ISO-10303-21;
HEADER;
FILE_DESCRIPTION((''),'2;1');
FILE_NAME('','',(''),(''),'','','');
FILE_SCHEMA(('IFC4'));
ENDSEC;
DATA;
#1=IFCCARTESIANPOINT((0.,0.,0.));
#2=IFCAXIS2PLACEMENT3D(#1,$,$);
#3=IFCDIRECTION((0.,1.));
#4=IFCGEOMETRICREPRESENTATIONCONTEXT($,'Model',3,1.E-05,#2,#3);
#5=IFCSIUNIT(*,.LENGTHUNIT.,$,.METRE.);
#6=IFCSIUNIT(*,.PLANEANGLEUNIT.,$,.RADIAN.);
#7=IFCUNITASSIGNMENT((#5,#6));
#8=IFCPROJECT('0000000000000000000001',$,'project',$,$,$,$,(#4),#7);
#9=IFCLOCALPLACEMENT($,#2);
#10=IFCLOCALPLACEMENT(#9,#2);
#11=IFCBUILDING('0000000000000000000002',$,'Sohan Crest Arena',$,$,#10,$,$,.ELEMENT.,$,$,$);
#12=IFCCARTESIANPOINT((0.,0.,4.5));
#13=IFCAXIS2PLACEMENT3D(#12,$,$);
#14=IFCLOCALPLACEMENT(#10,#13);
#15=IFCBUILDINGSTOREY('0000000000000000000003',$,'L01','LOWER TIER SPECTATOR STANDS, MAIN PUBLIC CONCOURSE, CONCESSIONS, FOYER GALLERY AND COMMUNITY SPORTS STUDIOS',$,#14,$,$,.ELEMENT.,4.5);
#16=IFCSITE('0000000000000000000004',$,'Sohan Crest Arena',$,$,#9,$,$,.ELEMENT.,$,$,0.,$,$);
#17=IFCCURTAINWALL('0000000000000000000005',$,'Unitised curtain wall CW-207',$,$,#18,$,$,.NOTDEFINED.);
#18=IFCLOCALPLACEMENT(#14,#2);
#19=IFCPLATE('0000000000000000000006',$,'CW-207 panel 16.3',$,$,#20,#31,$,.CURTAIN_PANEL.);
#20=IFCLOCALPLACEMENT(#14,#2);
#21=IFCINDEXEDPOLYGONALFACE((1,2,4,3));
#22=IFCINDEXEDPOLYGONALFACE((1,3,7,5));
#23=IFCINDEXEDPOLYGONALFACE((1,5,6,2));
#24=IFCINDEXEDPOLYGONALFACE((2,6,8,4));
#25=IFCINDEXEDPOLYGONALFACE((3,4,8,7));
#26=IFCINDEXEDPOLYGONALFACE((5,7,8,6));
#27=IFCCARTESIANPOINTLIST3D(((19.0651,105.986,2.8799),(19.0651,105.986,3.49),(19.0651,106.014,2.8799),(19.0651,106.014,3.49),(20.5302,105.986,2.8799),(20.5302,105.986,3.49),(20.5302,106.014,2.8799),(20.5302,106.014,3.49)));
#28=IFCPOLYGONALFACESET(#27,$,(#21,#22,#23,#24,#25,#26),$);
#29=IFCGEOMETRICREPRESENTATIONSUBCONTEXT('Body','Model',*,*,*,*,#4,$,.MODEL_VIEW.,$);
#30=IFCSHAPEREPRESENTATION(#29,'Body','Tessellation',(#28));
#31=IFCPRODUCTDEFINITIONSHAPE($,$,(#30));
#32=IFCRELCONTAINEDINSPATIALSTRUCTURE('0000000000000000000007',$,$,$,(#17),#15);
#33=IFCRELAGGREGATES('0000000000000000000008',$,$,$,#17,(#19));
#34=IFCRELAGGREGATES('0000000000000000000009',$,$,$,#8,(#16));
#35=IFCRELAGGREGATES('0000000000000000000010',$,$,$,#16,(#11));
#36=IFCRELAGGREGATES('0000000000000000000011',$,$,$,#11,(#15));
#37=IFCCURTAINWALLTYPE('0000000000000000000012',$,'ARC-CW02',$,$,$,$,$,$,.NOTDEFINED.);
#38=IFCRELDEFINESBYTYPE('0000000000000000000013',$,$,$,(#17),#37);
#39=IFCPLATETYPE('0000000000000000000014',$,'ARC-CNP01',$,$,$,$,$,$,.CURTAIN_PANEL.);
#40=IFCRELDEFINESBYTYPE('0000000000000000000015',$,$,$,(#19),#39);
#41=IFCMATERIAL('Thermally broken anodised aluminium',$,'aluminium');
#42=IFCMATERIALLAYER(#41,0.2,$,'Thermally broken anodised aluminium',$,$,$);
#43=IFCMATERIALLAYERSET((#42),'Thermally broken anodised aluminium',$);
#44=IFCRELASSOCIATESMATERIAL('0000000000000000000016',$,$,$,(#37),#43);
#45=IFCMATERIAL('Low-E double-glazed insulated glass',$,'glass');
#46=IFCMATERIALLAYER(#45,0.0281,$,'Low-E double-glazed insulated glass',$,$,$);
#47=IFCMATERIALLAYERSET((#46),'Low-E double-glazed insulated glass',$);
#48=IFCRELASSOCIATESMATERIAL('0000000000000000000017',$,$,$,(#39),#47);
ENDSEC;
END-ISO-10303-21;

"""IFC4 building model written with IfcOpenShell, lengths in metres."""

from ifc_helpers import new_model, si_unit, direction, frame, origin, origin_2d, place, context, subcontext, project, spatial, rectangle, extrude, material, layer, layer_set, type_object, element, aggregate, save


model = new_model("IFC4")

# Units and contexts
model_context = context("Model", 3, precision=1e-05, world=origin(), true_north=direction((0.0, 1.0)))
body_context = subcontext(model_context, "Body", "Model", "MODEL_VIEW")
ifc_project = project(units=[si_unit("LENGTHUNIT", "METRE"), si_unit("PLANEANGLEUNIT", "RADIAN")], contexts=[model_context])

# Site, building, storey
site_placement = place(None, origin())
site = spatial("IfcSite", under=ifc_project, at=site_placement, Name="Sohan Crest Arena", CompositionType="ELEMENT", RefElevation=0.0)
building_placement = place(site_placement, origin())
building = spatial("IfcBuilding", under=site, at=building_placement, Name="Sohan Crest Arena", CompositionType="ELEMENT")
storey_placement = place(building_placement, frame((0.0, 0.0, 4.5)))
storey = spatial("IfcBuildingStorey", under=building, at=storey_placement, Name="L01", Description="LOWER TIER SPECTATOR STANDS, MAIN PUBLIC CONCOURSE, CONCESSIONS, FOYER GALLERY AND COMMUNITY SPORTS STUDIOS", CompositionType="ELEMENT", Elevation=4.5)

# Curtain wall
ifc_material_1 = material(Name="Thermally broken anodised aluminium", Category="aluminium")
ifc_layer_1 = layer(ifc_material_1, 0.2, Name="Thermally broken anodised aluminium")
ifc_layer_set_1 = layer_set([ifc_layer_1], Name="Thermally broken anodised aluminium")
curtain_wall_type = type_object("IfcCurtainWallType", Name="ARC-CW02", PredefinedType="NOTDEFINED", material=ifc_layer_set_1)
curtain_wall_placement = place(storey_placement, origin())
curtain_wall = element("IfcCurtainWall", 1, at=curtain_wall_placement, inside=storey, type_object=curtain_wall_type, Name="Unitised curtain wall CW-207", PredefinedType="NOTDEFINED")

# Plate
ifc_material_2 = material(Name="Low-E double-glazed insulated glass", Category="glass")
ifc_layer_2 = layer(ifc_material_2, 0.0281, Name="Low-E double-glazed insulated glass")
ifc_layer_set_2 = layer_set([ifc_layer_2], Name="Low-E double-glazed insulated glass")
plate_type = type_object("IfcPlateType", Name="ARC-CNP01", PredefinedType="CURTAIN_PANEL", material=ifc_layer_set_2)
plate_1_placement = place(storey_placement, frame((19.7976, 106.0, 2.8799), z_axis=(0.0, 0.0, 1.0), x_axis=(-1.0, 0.0, 0.0)))
plate_1 = element("IfcPlate", 2, at=plate_1_placement, type_object=plate_type, Name="CW-207 panel 16.3", PredefinedType="CURTAIN_PANEL", context=body_context, shape_type="SweptSolid", body=[
    extrude(rectangle(XDim=1.4651, YDim=0.0281, at=origin_2d()), origin(), (0.0, 0.0, 1.0), 0.6101),
])
aggregate(curtain_wall, [plate_1])

save(model, "model.ifc")
